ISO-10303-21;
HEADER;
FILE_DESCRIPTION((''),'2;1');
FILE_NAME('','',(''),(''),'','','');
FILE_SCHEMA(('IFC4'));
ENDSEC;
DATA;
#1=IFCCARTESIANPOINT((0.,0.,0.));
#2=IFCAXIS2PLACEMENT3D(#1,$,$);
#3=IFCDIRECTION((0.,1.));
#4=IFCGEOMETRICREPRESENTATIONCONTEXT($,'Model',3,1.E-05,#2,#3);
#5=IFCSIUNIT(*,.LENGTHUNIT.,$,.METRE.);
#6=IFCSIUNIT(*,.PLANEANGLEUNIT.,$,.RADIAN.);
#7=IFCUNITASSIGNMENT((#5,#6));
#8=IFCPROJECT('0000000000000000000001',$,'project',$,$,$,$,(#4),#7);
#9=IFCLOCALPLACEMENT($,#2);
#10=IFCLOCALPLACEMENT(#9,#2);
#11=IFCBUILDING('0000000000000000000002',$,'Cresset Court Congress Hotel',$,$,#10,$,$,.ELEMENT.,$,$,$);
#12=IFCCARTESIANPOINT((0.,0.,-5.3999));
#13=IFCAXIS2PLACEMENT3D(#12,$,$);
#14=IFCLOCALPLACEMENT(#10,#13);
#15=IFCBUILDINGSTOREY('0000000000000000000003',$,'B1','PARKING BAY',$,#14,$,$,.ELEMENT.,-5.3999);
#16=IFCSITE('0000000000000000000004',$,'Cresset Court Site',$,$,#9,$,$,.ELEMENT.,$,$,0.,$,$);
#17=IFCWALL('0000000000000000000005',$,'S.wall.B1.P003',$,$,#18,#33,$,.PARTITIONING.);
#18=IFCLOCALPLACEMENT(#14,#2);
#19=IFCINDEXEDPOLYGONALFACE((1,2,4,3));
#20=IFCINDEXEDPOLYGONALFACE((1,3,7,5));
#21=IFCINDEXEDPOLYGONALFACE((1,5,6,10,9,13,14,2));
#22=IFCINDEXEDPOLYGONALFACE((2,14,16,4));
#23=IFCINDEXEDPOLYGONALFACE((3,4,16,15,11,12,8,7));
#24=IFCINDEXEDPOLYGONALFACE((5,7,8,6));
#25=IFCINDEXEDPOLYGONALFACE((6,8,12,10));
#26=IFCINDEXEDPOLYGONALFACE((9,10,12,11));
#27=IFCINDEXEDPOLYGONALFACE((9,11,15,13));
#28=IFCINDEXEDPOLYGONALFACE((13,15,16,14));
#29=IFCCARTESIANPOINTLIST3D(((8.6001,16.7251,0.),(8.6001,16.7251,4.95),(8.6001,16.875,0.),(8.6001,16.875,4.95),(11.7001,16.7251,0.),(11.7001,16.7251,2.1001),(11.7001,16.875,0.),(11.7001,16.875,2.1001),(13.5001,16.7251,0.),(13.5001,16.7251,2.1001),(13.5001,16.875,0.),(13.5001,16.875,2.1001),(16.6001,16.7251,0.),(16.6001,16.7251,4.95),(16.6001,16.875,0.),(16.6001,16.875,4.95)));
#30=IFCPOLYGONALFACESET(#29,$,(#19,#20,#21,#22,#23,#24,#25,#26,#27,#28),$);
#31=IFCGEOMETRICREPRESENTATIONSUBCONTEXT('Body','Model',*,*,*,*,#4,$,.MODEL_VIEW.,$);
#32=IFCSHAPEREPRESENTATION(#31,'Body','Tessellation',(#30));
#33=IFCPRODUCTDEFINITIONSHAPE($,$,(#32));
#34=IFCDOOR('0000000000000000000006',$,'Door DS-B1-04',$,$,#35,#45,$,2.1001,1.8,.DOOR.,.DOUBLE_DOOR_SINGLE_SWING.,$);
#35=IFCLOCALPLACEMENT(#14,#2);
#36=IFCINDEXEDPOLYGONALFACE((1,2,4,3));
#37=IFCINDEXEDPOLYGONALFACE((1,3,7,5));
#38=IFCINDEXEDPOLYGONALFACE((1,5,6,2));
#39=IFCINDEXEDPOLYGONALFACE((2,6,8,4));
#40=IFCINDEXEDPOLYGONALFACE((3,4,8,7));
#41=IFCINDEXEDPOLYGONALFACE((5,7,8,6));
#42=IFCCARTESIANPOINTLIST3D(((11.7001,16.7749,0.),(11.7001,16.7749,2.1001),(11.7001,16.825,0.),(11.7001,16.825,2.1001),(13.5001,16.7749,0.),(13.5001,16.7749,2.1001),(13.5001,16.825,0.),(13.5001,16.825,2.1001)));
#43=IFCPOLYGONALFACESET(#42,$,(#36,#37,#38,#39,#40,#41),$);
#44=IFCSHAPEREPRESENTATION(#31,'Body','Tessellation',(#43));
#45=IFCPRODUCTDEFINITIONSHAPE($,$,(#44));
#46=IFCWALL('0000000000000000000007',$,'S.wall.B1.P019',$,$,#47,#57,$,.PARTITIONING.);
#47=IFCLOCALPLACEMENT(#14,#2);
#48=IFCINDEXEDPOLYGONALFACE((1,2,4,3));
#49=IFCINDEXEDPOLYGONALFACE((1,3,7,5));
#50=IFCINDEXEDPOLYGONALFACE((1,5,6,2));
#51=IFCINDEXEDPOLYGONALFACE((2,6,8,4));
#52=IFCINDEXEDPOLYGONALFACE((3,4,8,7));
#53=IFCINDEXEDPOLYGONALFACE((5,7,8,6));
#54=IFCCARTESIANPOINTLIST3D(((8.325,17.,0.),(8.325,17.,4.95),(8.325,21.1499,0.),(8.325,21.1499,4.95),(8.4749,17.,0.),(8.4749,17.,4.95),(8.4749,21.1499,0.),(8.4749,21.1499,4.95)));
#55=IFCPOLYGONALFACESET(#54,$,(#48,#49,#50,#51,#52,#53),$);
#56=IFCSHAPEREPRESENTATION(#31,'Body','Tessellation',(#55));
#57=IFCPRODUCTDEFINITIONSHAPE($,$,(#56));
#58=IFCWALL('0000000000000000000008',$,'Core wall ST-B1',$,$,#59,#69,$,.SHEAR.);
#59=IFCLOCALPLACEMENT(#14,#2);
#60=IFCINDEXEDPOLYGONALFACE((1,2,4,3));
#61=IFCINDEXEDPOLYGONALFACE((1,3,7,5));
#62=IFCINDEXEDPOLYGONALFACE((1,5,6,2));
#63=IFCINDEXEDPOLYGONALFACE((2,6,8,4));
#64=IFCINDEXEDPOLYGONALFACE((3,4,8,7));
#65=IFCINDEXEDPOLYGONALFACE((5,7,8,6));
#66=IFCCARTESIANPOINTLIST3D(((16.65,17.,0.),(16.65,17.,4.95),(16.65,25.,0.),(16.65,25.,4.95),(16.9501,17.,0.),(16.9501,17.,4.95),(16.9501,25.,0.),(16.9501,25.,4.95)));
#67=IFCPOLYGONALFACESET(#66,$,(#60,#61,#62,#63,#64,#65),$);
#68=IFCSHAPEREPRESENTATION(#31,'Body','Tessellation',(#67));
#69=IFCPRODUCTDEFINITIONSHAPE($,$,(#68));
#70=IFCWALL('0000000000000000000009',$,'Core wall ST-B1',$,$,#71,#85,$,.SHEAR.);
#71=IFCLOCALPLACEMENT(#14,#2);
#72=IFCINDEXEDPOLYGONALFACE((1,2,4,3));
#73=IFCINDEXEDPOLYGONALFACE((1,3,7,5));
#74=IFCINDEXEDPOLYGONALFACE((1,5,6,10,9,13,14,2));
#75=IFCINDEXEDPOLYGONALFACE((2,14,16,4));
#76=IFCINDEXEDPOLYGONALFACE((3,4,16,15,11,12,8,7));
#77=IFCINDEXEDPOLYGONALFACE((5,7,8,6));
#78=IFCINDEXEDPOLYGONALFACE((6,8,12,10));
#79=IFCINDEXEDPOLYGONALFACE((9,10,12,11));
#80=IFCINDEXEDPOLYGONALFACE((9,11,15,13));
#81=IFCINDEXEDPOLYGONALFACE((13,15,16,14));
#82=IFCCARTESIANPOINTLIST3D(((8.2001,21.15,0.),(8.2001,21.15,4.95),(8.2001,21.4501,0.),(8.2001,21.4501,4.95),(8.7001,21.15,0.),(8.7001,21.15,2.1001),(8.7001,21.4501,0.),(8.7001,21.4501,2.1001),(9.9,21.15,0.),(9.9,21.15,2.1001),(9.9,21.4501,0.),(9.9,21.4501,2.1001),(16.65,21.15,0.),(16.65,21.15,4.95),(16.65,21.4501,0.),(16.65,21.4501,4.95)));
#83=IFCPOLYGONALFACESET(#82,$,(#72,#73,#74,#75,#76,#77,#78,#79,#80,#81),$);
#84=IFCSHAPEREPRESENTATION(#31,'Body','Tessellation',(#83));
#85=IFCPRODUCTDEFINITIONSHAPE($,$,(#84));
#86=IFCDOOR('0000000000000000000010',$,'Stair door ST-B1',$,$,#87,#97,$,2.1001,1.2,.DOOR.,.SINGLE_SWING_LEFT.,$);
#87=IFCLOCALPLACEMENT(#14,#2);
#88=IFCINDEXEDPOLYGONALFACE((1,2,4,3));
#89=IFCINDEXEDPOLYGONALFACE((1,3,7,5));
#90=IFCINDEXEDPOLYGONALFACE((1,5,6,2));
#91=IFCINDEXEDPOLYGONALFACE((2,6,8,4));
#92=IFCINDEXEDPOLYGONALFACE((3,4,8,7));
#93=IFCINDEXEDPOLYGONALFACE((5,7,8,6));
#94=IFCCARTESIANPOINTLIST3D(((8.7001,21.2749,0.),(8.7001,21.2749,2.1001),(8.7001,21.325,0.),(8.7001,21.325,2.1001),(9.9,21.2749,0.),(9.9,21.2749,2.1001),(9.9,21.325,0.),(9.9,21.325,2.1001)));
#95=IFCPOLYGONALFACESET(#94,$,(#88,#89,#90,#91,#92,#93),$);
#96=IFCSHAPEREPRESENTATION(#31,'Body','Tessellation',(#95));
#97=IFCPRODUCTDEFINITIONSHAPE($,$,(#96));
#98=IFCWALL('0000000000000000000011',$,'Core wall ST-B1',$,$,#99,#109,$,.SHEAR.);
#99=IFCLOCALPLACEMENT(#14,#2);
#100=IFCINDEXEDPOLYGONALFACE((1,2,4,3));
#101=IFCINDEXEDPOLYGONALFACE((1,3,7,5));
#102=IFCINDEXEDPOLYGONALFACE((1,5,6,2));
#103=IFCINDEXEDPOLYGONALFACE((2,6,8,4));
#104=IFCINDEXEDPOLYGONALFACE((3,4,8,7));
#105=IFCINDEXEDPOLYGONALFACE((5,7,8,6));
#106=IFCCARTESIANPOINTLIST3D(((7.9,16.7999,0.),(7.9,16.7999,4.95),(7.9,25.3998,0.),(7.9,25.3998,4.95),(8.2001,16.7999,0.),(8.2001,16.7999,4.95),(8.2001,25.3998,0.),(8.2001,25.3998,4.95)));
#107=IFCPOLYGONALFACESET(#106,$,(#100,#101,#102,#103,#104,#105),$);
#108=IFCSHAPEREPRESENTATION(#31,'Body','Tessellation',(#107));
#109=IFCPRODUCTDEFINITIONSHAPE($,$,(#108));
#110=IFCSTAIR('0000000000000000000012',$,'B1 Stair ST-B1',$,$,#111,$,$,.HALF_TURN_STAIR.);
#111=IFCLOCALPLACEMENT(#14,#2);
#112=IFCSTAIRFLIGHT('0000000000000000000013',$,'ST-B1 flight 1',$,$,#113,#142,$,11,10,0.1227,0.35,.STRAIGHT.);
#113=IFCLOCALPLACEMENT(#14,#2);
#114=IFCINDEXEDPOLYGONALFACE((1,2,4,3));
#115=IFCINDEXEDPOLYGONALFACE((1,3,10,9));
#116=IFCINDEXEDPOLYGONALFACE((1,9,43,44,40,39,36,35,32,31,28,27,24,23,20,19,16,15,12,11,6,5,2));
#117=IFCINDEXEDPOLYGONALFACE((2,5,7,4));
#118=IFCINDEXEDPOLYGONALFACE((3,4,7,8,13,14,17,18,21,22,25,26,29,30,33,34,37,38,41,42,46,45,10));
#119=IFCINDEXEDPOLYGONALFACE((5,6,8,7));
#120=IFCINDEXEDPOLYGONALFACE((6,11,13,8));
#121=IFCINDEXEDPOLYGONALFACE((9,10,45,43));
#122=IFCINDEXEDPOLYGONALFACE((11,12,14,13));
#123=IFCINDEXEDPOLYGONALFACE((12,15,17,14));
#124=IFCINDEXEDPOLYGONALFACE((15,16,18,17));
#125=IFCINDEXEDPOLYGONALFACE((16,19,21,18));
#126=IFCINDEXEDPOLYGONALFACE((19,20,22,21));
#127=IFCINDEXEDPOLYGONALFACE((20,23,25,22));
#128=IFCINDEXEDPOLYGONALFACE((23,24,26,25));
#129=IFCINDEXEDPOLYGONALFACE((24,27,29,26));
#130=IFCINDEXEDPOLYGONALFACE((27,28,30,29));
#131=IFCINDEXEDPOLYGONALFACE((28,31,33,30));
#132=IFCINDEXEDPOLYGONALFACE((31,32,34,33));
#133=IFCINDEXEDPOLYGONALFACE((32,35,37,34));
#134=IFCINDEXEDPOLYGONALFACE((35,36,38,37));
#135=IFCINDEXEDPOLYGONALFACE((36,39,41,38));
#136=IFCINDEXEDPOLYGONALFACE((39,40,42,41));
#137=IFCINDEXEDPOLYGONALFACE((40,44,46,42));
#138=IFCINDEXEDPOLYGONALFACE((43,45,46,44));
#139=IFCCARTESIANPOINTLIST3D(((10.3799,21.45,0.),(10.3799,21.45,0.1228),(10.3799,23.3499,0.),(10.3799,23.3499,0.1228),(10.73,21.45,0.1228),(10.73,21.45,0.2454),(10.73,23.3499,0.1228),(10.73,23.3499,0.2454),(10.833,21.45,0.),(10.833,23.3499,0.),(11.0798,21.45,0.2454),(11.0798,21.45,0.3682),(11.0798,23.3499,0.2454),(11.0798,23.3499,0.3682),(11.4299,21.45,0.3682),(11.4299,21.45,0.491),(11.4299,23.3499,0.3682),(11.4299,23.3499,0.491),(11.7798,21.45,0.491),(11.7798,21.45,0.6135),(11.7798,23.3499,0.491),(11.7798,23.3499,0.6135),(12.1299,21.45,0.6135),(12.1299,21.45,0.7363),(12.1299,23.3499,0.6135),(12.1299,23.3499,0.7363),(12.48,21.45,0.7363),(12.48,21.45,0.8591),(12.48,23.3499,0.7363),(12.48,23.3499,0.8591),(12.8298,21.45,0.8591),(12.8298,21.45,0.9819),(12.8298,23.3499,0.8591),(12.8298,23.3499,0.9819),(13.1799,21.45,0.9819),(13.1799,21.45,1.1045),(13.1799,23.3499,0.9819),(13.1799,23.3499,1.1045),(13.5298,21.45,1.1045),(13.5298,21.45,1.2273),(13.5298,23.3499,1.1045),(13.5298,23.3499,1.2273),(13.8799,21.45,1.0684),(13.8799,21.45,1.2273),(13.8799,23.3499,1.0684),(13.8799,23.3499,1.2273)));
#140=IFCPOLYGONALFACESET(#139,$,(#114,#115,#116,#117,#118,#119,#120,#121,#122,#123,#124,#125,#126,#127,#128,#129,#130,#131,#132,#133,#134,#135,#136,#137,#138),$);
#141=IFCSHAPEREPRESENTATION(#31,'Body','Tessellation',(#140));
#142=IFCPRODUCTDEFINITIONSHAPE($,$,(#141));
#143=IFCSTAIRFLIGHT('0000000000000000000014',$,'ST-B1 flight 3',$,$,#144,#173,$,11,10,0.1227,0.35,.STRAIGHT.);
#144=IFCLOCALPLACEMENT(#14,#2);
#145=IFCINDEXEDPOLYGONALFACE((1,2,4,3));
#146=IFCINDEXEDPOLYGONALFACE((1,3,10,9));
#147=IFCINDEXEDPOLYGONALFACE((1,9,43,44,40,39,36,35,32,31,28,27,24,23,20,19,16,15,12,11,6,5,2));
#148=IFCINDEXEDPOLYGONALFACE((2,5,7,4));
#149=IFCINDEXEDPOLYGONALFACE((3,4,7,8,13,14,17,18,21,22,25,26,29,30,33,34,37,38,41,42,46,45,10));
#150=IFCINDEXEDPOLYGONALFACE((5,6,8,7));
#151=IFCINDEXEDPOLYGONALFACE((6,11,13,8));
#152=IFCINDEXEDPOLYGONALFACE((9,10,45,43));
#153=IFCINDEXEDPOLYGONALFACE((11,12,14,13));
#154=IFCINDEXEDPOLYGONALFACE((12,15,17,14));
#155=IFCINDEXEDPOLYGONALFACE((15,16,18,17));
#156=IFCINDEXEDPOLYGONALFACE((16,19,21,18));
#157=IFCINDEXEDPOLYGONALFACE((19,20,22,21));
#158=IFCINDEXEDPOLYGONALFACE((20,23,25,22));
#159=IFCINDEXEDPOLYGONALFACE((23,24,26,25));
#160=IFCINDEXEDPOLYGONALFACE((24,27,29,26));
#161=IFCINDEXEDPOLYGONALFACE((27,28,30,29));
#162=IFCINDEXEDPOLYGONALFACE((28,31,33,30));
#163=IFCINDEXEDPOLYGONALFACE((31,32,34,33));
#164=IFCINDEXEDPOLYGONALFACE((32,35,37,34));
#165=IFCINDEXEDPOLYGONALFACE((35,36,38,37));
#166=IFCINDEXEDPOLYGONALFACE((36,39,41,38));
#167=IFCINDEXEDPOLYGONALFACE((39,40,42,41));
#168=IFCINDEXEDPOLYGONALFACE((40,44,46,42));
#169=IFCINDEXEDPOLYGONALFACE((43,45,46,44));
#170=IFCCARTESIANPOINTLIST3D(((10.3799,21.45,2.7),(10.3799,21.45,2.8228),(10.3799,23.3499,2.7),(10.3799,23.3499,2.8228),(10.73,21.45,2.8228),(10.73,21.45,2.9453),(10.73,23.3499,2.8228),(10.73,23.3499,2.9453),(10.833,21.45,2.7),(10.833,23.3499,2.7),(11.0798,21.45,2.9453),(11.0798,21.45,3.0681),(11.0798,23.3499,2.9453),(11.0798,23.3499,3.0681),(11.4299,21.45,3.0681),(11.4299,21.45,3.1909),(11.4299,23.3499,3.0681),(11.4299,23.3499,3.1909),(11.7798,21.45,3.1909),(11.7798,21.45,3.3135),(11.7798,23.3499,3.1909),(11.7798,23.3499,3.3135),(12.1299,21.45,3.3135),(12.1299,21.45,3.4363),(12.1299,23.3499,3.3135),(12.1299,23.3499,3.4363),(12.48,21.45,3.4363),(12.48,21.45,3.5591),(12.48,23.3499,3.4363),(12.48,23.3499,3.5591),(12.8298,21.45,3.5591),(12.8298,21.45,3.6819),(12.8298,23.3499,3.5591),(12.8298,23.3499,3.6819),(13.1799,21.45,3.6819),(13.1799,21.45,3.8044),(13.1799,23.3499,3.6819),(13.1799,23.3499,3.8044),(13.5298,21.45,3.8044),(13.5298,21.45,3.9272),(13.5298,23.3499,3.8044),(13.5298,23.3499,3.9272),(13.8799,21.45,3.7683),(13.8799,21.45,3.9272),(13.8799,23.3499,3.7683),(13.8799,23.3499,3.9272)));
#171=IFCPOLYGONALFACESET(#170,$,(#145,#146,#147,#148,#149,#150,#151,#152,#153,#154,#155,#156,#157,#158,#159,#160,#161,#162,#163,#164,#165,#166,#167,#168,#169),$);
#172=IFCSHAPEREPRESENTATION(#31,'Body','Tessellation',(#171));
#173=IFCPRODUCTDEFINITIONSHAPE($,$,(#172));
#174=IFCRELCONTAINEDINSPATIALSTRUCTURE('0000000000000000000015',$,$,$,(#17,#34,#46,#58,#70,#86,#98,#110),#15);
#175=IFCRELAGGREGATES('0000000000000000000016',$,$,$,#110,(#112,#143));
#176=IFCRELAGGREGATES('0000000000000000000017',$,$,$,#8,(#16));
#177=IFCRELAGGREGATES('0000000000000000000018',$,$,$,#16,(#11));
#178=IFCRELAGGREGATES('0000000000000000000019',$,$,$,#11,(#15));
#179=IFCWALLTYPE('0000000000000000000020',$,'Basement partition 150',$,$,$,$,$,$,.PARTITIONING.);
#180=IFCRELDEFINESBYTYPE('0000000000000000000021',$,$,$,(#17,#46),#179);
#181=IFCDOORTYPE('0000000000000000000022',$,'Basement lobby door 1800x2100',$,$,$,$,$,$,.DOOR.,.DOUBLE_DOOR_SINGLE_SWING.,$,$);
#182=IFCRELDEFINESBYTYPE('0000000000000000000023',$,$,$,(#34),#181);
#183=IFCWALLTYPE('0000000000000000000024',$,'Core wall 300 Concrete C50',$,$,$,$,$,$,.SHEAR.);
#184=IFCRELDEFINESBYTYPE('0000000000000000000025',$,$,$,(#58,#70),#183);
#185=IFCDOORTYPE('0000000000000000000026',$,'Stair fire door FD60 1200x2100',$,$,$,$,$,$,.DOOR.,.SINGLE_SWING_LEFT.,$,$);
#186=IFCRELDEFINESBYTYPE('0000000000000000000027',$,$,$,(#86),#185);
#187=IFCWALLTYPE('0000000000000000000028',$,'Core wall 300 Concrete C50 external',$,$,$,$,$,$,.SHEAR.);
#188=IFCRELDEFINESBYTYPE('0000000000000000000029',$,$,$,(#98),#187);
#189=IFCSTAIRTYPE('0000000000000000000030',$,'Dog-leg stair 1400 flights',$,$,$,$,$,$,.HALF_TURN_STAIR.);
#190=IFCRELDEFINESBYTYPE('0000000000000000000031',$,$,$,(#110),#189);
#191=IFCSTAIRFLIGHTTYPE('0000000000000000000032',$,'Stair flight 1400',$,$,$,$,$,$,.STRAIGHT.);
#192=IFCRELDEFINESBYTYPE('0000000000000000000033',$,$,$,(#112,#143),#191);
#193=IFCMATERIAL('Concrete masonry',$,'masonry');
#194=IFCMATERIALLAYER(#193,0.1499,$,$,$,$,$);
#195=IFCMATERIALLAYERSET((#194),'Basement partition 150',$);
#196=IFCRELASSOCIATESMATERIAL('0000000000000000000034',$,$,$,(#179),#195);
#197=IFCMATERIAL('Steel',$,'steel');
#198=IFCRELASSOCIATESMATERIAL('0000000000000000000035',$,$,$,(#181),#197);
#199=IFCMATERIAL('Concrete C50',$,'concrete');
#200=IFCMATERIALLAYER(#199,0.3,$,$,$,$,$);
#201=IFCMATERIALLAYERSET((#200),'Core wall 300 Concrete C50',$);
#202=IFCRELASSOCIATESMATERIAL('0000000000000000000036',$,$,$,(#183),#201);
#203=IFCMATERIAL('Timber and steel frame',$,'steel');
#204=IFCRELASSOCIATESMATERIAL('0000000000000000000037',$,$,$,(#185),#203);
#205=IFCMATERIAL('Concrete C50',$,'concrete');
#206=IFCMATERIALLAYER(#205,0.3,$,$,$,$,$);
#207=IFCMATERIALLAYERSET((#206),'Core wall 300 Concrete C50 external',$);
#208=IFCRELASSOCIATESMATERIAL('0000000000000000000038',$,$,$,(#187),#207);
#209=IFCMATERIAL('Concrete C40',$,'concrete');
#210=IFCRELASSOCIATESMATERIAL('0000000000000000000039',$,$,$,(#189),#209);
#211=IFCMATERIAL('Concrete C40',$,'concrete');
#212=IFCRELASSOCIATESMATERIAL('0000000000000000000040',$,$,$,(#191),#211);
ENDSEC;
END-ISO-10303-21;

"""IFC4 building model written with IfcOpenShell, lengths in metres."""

from ifc_helpers import new_model, si_unit, direction, frame, frame_2d, origin, place, context, subcontext, project, spatial, polyline, rectangle, outline, extrude, material, layer, layer_set, type_object, element, fill, aggregate, save


model = new_model("IFC4")

# Units and contexts
model_context = context("Model", 3, precision=1e-05, world=origin(), true_north=direction((0.0, 1.0)))
body_context = subcontext(model_context, "Body", "Model", "MODEL_VIEW")
ifc_project = project(units=[si_unit("LENGTHUNIT", "METRE"), si_unit("PLANEANGLEUNIT", "RADIAN")], contexts=[model_context])

# Site, building, storey
site_placement = place(None, origin())
site = spatial("IfcSite", under=ifc_project, at=site_placement, Name="Cresset Court Site", CompositionType="ELEMENT", RefElevation=0.0)
building_placement = place(site_placement, origin())
building = spatial("IfcBuilding", under=site, at=building_placement, Name="Cresset Court Congress Hotel", CompositionType="ELEMENT")
storey_placement = place(building_placement, frame((0.0, 0.0, -5.3999)))
storey = spatial("IfcBuildingStorey", under=building, at=storey_placement, Name="B1", Description="PARKING BAY", CompositionType="ELEMENT", Elevation=-5.3999)

# Wall, opening, door
ifc_material_1 = material(Name="Concrete masonry", Category="masonry")
ifc_layer_1 = layer(ifc_material_1, 0.1499)
ifc_layer_set_1 = layer_set([ifc_layer_1], Name="Basement partition 150")
wall_type_1 = type_object("IfcWallType", Name="Basement partition 150", PredefinedType="PARTITIONING", material=ifc_layer_set_1)
wall_1_placement = place(storey_placement, frame((8.6001, 16.8, 0.0), z_axis=(0.0, 0.0, 1.0), x_axis=(1.0, 0.0, 0.0)))
wall_1 = element("IfcWall", 1, at=wall_1_placement, inside=storey, type_object=wall_type_1, Name="S.wall.B1.P003", PredefinedType="PARTITIONING", context=body_context, shape_type="SweptSolid", body=[
    extrude(rectangle(XDim=8.0, YDim=0.1499, at=frame_2d((4.0, 0.0))), origin(), (0.0, 0.0, 1.0), 4.95),
])
opening_1_placement = place(wall_1_placement, frame((3.1001, 0.0, 0.0)))
opening_1 = element("IfcOpeningElement", 2, at=opening_1_placement, cuts=wall_1, PredefinedType="OPENING", context=body_context, shape_type="SweptSolid", body=[
    extrude(rectangle(XDim=1.8, YDim=2.1001, at=frame_2d((0.8999, 1.05))), frame((0.0, 0.085, 0.0), z_axis=(0.0, -1.0, 0.0), x_axis=(1.0, 0.0, 0.0)), (0.0, 0.0, 1.0), 0.1699),
])
ifc_material_2 = material(Name="Steel", Category="steel")
door_type_1 = type_object("IfcDoorType", Name="Basement lobby door 1800x2100", OperationType="DOUBLE_DOOR_SINGLE_SWING", PredefinedType="DOOR", material=ifc_material_2)
door_1_placement = place(opening_1_placement, origin())
door_1 = element("IfcDoor", 3, at=door_1_placement, inside=storey, type_object=door_type_1, Name="Door DS-B1-04", OperationType="DOUBLE_DOOR_SINGLE_SWING", OverallHeight=2.1001, OverallWidth=1.8, PredefinedType="DOOR", context=body_context, shape_type="SweptSolid", body=[
    extrude(rectangle(XDim=1.8, YDim=2.1001, at=frame_2d((0.8999, 1.05))), frame((0.0, 0.0249, 0.0), z_axis=(0.0, -1.0, 0.0), x_axis=(1.0, 0.0, 0.0)), (0.0, 0.0, 1.0), 0.05),
])
fill(opening_1, door_1)

# Walls
wall_2_placement = place(storey_placement, frame((8.3999, 17.0, 0.0), z_axis=(0.0, 0.0, 1.0), x_axis=(0.0, 1.0, 0.0)))
element("IfcWall", 4, at=wall_2_placement, inside=storey, type_object=wall_type_1, Name="S.wall.B1.P019", PredefinedType="PARTITIONING", context=body_context, shape_type="SweptSolid", body=[
    extrude(rectangle(XDim=4.1499, YDim=0.1499, at=frame_2d((2.075, 0.0))), origin(), (0.0, 0.0, 1.0), 4.95),
])
ifc_material_3 = material(Name="Concrete C50", Category="concrete")
ifc_layer_2 = layer(ifc_material_3, 0.3)
ifc_layer_set_2 = layer_set([ifc_layer_2], Name="Core wall 300 Concrete C50")
wall_type_2 = type_object("IfcWallType", Name="Core wall 300 Concrete C50", PredefinedType="SHEAR", material=ifc_layer_set_2)
wall_3_placement = place(storey_placement, frame((16.8, 17.0, 0.0), z_axis=(0.0, 0.0, 1.0), x_axis=(0.0, 1.0, 0.0)))
element("IfcWall", 5, at=wall_3_placement, inside=storey, type_object=wall_type_2, Name="Core wall ST-B1", PredefinedType="SHEAR", context=body_context, shape_type="SweptSolid", body=[
    extrude(rectangle(XDim=8.0, YDim=0.3, at=frame_2d((4.0, 0.0))), origin(), (0.0, 0.0, 1.0), 4.95),
])

# Wall, opening, door
wall_4_placement = place(storey_placement, frame((8.2, 21.3, 0.0), z_axis=(0.0, 0.0, 1.0), x_axis=(1.0, 0.0, 0.0)))
wall_4 = element("IfcWall", 6, at=wall_4_placement, inside=storey, type_object=wall_type_2, Name="Core wall ST-B1", PredefinedType="SHEAR", context=body_context, shape_type="SweptSolid", body=[
    extrude(rectangle(XDim=8.45, YDim=0.3, at=frame_2d((4.2251, 0.0))), origin(), (0.0, 0.0, 1.0), 4.95),
])
opening_2_placement = place(wall_4_placement, frame((0.5, 0.0, 0.0)))
opening_2 = element("IfcOpeningElement", 7, at=opening_2_placement, cuts=wall_4, PredefinedType="OPENING", context=body_context, shape_type="SweptSolid", body=[
    extrude(rectangle(XDim=1.2, YDim=2.1001, at=frame_2d((0.6001, 1.05))), frame((0.0, 0.1599, 0.0), z_axis=(0.0, -1.0, 0.0), x_axis=(1.0, 0.0, 0.0)), (0.0, 0.0, 1.0), 0.3201),
])
ifc_material_4 = material(Name="Timber and steel frame", Category="steel")
door_type_2 = type_object("IfcDoorType", Name="Stair fire door FD60 1200x2100", OperationType="SINGLE_SWING_LEFT", PredefinedType="DOOR", material=ifc_material_4)
door_2_placement = place(opening_2_placement, origin())
door_2 = element("IfcDoor", 8, at=door_2_placement, inside=storey, type_object=door_type_2, Name="Stair door ST-B1", OperationType="SINGLE_SWING_LEFT", OverallHeight=2.1001, OverallWidth=1.2, PredefinedType="DOOR", context=body_context, shape_type="SweptSolid", body=[
    extrude(rectangle(XDim=1.2, YDim=2.1001, at=frame_2d((0.6001, 1.05))), frame((0.0, 0.0249, 0.0), z_axis=(0.0, -1.0, 0.0), x_axis=(1.0, 0.0, 0.0)), (0.0, 0.0, 1.0), 0.05),
])
fill(opening_2, door_2)

# Wall
ifc_material_5 = material(Name="Concrete C50", Category="concrete")
ifc_layer_3 = layer(ifc_material_5, 0.3)
ifc_layer_set_3 = layer_set([ifc_layer_3], Name="Core wall 300 Concrete C50 external")
wall_type_3 = type_object("IfcWallType", Name="Core wall 300 Concrete C50 external", PredefinedType="SHEAR", material=ifc_layer_set_3)
wall_5_placement = place(storey_placement, frame((8.05, 16.8, 0.0), z_axis=(0.0, 0.0, 1.0), x_axis=(0.0, 1.0, 0.0)))
element("IfcWall", 9, at=wall_5_placement, inside=storey, type_object=wall_type_3, Name="Core wall ST-B1", PredefinedType="SHEAR", context=body_context, shape_type="SweptSolid", body=[
    extrude(rectangle(XDim=8.5999, YDim=0.3, at=frame_2d((4.2998, 0.0))), origin(), (0.0, 0.0, 1.0), 4.95),
])

# Stair, stair flights
ifc_material_6 = material(Name="Concrete C40", Category="concrete")
stair_type = type_object("IfcStairType", Name="Dog-leg stair 1400 flights", PredefinedType="HALF_TURN_STAIR", material=ifc_material_6)
stair_placement = place(storey_placement, origin())
stair = element("IfcStair", 10, at=stair_placement, inside=storey, type_object=stair_type, Name="B1 Stair ST-B1", PredefinedType="HALF_TURN_STAIR")
ifc_material_7 = material(Name="Concrete C40", Category="concrete")
stair_flight_type = type_object("IfcStairFlightType", Name="Stair flight 1400", PredefinedType="STRAIGHT", material=ifc_material_7)
stair_flight_1_placement = place(storey_placement, frame((10.3799, 22.3999, 0.0), z_axis=(0.0, 0.0, 1.0), x_axis=(1.0, 0.0, 0.0)))
stair_flight_1 = element("IfcStairFlight", 11, at=stair_flight_1_placement, type_object=stair_flight_type, Name="ST-B1 flight 1", NumberOfRisers=11, NumberOfTreads=10, PredefinedType="STRAIGHT", RiserHeight=0.1227, TreadLength=0.35, context=body_context, shape_type="SweptSolid", body=[
    extrude(outline(polyline([(0.0, 0.0), (0.0, 0.1228), (0.3501, 0.1228), (0.3501, 0.2454), (0.7, 0.2454), (0.7, 0.3682), (1.05, 0.3682), (1.05, 0.491), (1.3999, 0.491), (1.3999, 0.6135), (1.75, 0.6135), (1.75, 0.7363), (2.1001, 0.7363), (2.1001, 0.8591), (2.45, 0.8591), (2.45, 0.9819), (2.8, 0.9819), (2.8, 1.1045), (3.1499, 1.1045), (3.1499, 1.2273), (3.5, 1.2273), (3.5, 1.3501), (3.5, 1.0684), (0.4531, 0.0), (0.0, 0.0)])), frame((0.0, 0.95, 0.0), z_axis=(0.0, -1.0, 0.0), x_axis=(1.0, 0.0, 0.0)), (0.0, 0.0, 1.0), 1.8999),
])
stair_flight_2_placement = place(storey_placement, frame((10.3799, 22.3999, 2.7), z_axis=(0.0, 0.0, 1.0), x_axis=(1.0, 0.0, 0.0)))
stair_flight_2 = element("IfcStairFlight", 12, at=stair_flight_2_placement, type_object=stair_flight_type, Name="ST-B1 flight 3", NumberOfRisers=11, NumberOfTreads=10, PredefinedType="STRAIGHT", RiserHeight=0.1227, TreadLength=0.35, context=body_context, shape_type="SweptSolid", body=[
    extrude(outline(polyline([(0.0, 0.0), (0.0, 0.1228), (0.3501, 0.1228), (0.3501, 0.2454), (0.7, 0.2454), (0.7, 0.3682), (1.05, 0.3682), (1.05, 0.491), (1.3999, 0.491), (1.3999, 0.6135), (1.75, 0.6135), (1.75, 0.7363), (2.1001, 0.7363), (2.1001, 0.8591), (2.45, 0.8591), (2.45, 0.9819), (2.8, 0.9819), (2.8, 1.1045), (3.1499, 1.1045), (3.1499, 1.2273), (3.5, 1.2273), (3.5, 1.3501), (3.5, 1.0684), (0.4531, 0.0), (0.0, 0.0)])), frame((0.0, 0.95, 0.0), z_axis=(0.0, -1.0, 0.0), x_axis=(1.0, 0.0, 0.0)), (0.0, 0.0, 1.0), 1.8999),
])
aggregate(stair, [stair_flight_1, stair_flight_2])

save(model, "model.ifc")
